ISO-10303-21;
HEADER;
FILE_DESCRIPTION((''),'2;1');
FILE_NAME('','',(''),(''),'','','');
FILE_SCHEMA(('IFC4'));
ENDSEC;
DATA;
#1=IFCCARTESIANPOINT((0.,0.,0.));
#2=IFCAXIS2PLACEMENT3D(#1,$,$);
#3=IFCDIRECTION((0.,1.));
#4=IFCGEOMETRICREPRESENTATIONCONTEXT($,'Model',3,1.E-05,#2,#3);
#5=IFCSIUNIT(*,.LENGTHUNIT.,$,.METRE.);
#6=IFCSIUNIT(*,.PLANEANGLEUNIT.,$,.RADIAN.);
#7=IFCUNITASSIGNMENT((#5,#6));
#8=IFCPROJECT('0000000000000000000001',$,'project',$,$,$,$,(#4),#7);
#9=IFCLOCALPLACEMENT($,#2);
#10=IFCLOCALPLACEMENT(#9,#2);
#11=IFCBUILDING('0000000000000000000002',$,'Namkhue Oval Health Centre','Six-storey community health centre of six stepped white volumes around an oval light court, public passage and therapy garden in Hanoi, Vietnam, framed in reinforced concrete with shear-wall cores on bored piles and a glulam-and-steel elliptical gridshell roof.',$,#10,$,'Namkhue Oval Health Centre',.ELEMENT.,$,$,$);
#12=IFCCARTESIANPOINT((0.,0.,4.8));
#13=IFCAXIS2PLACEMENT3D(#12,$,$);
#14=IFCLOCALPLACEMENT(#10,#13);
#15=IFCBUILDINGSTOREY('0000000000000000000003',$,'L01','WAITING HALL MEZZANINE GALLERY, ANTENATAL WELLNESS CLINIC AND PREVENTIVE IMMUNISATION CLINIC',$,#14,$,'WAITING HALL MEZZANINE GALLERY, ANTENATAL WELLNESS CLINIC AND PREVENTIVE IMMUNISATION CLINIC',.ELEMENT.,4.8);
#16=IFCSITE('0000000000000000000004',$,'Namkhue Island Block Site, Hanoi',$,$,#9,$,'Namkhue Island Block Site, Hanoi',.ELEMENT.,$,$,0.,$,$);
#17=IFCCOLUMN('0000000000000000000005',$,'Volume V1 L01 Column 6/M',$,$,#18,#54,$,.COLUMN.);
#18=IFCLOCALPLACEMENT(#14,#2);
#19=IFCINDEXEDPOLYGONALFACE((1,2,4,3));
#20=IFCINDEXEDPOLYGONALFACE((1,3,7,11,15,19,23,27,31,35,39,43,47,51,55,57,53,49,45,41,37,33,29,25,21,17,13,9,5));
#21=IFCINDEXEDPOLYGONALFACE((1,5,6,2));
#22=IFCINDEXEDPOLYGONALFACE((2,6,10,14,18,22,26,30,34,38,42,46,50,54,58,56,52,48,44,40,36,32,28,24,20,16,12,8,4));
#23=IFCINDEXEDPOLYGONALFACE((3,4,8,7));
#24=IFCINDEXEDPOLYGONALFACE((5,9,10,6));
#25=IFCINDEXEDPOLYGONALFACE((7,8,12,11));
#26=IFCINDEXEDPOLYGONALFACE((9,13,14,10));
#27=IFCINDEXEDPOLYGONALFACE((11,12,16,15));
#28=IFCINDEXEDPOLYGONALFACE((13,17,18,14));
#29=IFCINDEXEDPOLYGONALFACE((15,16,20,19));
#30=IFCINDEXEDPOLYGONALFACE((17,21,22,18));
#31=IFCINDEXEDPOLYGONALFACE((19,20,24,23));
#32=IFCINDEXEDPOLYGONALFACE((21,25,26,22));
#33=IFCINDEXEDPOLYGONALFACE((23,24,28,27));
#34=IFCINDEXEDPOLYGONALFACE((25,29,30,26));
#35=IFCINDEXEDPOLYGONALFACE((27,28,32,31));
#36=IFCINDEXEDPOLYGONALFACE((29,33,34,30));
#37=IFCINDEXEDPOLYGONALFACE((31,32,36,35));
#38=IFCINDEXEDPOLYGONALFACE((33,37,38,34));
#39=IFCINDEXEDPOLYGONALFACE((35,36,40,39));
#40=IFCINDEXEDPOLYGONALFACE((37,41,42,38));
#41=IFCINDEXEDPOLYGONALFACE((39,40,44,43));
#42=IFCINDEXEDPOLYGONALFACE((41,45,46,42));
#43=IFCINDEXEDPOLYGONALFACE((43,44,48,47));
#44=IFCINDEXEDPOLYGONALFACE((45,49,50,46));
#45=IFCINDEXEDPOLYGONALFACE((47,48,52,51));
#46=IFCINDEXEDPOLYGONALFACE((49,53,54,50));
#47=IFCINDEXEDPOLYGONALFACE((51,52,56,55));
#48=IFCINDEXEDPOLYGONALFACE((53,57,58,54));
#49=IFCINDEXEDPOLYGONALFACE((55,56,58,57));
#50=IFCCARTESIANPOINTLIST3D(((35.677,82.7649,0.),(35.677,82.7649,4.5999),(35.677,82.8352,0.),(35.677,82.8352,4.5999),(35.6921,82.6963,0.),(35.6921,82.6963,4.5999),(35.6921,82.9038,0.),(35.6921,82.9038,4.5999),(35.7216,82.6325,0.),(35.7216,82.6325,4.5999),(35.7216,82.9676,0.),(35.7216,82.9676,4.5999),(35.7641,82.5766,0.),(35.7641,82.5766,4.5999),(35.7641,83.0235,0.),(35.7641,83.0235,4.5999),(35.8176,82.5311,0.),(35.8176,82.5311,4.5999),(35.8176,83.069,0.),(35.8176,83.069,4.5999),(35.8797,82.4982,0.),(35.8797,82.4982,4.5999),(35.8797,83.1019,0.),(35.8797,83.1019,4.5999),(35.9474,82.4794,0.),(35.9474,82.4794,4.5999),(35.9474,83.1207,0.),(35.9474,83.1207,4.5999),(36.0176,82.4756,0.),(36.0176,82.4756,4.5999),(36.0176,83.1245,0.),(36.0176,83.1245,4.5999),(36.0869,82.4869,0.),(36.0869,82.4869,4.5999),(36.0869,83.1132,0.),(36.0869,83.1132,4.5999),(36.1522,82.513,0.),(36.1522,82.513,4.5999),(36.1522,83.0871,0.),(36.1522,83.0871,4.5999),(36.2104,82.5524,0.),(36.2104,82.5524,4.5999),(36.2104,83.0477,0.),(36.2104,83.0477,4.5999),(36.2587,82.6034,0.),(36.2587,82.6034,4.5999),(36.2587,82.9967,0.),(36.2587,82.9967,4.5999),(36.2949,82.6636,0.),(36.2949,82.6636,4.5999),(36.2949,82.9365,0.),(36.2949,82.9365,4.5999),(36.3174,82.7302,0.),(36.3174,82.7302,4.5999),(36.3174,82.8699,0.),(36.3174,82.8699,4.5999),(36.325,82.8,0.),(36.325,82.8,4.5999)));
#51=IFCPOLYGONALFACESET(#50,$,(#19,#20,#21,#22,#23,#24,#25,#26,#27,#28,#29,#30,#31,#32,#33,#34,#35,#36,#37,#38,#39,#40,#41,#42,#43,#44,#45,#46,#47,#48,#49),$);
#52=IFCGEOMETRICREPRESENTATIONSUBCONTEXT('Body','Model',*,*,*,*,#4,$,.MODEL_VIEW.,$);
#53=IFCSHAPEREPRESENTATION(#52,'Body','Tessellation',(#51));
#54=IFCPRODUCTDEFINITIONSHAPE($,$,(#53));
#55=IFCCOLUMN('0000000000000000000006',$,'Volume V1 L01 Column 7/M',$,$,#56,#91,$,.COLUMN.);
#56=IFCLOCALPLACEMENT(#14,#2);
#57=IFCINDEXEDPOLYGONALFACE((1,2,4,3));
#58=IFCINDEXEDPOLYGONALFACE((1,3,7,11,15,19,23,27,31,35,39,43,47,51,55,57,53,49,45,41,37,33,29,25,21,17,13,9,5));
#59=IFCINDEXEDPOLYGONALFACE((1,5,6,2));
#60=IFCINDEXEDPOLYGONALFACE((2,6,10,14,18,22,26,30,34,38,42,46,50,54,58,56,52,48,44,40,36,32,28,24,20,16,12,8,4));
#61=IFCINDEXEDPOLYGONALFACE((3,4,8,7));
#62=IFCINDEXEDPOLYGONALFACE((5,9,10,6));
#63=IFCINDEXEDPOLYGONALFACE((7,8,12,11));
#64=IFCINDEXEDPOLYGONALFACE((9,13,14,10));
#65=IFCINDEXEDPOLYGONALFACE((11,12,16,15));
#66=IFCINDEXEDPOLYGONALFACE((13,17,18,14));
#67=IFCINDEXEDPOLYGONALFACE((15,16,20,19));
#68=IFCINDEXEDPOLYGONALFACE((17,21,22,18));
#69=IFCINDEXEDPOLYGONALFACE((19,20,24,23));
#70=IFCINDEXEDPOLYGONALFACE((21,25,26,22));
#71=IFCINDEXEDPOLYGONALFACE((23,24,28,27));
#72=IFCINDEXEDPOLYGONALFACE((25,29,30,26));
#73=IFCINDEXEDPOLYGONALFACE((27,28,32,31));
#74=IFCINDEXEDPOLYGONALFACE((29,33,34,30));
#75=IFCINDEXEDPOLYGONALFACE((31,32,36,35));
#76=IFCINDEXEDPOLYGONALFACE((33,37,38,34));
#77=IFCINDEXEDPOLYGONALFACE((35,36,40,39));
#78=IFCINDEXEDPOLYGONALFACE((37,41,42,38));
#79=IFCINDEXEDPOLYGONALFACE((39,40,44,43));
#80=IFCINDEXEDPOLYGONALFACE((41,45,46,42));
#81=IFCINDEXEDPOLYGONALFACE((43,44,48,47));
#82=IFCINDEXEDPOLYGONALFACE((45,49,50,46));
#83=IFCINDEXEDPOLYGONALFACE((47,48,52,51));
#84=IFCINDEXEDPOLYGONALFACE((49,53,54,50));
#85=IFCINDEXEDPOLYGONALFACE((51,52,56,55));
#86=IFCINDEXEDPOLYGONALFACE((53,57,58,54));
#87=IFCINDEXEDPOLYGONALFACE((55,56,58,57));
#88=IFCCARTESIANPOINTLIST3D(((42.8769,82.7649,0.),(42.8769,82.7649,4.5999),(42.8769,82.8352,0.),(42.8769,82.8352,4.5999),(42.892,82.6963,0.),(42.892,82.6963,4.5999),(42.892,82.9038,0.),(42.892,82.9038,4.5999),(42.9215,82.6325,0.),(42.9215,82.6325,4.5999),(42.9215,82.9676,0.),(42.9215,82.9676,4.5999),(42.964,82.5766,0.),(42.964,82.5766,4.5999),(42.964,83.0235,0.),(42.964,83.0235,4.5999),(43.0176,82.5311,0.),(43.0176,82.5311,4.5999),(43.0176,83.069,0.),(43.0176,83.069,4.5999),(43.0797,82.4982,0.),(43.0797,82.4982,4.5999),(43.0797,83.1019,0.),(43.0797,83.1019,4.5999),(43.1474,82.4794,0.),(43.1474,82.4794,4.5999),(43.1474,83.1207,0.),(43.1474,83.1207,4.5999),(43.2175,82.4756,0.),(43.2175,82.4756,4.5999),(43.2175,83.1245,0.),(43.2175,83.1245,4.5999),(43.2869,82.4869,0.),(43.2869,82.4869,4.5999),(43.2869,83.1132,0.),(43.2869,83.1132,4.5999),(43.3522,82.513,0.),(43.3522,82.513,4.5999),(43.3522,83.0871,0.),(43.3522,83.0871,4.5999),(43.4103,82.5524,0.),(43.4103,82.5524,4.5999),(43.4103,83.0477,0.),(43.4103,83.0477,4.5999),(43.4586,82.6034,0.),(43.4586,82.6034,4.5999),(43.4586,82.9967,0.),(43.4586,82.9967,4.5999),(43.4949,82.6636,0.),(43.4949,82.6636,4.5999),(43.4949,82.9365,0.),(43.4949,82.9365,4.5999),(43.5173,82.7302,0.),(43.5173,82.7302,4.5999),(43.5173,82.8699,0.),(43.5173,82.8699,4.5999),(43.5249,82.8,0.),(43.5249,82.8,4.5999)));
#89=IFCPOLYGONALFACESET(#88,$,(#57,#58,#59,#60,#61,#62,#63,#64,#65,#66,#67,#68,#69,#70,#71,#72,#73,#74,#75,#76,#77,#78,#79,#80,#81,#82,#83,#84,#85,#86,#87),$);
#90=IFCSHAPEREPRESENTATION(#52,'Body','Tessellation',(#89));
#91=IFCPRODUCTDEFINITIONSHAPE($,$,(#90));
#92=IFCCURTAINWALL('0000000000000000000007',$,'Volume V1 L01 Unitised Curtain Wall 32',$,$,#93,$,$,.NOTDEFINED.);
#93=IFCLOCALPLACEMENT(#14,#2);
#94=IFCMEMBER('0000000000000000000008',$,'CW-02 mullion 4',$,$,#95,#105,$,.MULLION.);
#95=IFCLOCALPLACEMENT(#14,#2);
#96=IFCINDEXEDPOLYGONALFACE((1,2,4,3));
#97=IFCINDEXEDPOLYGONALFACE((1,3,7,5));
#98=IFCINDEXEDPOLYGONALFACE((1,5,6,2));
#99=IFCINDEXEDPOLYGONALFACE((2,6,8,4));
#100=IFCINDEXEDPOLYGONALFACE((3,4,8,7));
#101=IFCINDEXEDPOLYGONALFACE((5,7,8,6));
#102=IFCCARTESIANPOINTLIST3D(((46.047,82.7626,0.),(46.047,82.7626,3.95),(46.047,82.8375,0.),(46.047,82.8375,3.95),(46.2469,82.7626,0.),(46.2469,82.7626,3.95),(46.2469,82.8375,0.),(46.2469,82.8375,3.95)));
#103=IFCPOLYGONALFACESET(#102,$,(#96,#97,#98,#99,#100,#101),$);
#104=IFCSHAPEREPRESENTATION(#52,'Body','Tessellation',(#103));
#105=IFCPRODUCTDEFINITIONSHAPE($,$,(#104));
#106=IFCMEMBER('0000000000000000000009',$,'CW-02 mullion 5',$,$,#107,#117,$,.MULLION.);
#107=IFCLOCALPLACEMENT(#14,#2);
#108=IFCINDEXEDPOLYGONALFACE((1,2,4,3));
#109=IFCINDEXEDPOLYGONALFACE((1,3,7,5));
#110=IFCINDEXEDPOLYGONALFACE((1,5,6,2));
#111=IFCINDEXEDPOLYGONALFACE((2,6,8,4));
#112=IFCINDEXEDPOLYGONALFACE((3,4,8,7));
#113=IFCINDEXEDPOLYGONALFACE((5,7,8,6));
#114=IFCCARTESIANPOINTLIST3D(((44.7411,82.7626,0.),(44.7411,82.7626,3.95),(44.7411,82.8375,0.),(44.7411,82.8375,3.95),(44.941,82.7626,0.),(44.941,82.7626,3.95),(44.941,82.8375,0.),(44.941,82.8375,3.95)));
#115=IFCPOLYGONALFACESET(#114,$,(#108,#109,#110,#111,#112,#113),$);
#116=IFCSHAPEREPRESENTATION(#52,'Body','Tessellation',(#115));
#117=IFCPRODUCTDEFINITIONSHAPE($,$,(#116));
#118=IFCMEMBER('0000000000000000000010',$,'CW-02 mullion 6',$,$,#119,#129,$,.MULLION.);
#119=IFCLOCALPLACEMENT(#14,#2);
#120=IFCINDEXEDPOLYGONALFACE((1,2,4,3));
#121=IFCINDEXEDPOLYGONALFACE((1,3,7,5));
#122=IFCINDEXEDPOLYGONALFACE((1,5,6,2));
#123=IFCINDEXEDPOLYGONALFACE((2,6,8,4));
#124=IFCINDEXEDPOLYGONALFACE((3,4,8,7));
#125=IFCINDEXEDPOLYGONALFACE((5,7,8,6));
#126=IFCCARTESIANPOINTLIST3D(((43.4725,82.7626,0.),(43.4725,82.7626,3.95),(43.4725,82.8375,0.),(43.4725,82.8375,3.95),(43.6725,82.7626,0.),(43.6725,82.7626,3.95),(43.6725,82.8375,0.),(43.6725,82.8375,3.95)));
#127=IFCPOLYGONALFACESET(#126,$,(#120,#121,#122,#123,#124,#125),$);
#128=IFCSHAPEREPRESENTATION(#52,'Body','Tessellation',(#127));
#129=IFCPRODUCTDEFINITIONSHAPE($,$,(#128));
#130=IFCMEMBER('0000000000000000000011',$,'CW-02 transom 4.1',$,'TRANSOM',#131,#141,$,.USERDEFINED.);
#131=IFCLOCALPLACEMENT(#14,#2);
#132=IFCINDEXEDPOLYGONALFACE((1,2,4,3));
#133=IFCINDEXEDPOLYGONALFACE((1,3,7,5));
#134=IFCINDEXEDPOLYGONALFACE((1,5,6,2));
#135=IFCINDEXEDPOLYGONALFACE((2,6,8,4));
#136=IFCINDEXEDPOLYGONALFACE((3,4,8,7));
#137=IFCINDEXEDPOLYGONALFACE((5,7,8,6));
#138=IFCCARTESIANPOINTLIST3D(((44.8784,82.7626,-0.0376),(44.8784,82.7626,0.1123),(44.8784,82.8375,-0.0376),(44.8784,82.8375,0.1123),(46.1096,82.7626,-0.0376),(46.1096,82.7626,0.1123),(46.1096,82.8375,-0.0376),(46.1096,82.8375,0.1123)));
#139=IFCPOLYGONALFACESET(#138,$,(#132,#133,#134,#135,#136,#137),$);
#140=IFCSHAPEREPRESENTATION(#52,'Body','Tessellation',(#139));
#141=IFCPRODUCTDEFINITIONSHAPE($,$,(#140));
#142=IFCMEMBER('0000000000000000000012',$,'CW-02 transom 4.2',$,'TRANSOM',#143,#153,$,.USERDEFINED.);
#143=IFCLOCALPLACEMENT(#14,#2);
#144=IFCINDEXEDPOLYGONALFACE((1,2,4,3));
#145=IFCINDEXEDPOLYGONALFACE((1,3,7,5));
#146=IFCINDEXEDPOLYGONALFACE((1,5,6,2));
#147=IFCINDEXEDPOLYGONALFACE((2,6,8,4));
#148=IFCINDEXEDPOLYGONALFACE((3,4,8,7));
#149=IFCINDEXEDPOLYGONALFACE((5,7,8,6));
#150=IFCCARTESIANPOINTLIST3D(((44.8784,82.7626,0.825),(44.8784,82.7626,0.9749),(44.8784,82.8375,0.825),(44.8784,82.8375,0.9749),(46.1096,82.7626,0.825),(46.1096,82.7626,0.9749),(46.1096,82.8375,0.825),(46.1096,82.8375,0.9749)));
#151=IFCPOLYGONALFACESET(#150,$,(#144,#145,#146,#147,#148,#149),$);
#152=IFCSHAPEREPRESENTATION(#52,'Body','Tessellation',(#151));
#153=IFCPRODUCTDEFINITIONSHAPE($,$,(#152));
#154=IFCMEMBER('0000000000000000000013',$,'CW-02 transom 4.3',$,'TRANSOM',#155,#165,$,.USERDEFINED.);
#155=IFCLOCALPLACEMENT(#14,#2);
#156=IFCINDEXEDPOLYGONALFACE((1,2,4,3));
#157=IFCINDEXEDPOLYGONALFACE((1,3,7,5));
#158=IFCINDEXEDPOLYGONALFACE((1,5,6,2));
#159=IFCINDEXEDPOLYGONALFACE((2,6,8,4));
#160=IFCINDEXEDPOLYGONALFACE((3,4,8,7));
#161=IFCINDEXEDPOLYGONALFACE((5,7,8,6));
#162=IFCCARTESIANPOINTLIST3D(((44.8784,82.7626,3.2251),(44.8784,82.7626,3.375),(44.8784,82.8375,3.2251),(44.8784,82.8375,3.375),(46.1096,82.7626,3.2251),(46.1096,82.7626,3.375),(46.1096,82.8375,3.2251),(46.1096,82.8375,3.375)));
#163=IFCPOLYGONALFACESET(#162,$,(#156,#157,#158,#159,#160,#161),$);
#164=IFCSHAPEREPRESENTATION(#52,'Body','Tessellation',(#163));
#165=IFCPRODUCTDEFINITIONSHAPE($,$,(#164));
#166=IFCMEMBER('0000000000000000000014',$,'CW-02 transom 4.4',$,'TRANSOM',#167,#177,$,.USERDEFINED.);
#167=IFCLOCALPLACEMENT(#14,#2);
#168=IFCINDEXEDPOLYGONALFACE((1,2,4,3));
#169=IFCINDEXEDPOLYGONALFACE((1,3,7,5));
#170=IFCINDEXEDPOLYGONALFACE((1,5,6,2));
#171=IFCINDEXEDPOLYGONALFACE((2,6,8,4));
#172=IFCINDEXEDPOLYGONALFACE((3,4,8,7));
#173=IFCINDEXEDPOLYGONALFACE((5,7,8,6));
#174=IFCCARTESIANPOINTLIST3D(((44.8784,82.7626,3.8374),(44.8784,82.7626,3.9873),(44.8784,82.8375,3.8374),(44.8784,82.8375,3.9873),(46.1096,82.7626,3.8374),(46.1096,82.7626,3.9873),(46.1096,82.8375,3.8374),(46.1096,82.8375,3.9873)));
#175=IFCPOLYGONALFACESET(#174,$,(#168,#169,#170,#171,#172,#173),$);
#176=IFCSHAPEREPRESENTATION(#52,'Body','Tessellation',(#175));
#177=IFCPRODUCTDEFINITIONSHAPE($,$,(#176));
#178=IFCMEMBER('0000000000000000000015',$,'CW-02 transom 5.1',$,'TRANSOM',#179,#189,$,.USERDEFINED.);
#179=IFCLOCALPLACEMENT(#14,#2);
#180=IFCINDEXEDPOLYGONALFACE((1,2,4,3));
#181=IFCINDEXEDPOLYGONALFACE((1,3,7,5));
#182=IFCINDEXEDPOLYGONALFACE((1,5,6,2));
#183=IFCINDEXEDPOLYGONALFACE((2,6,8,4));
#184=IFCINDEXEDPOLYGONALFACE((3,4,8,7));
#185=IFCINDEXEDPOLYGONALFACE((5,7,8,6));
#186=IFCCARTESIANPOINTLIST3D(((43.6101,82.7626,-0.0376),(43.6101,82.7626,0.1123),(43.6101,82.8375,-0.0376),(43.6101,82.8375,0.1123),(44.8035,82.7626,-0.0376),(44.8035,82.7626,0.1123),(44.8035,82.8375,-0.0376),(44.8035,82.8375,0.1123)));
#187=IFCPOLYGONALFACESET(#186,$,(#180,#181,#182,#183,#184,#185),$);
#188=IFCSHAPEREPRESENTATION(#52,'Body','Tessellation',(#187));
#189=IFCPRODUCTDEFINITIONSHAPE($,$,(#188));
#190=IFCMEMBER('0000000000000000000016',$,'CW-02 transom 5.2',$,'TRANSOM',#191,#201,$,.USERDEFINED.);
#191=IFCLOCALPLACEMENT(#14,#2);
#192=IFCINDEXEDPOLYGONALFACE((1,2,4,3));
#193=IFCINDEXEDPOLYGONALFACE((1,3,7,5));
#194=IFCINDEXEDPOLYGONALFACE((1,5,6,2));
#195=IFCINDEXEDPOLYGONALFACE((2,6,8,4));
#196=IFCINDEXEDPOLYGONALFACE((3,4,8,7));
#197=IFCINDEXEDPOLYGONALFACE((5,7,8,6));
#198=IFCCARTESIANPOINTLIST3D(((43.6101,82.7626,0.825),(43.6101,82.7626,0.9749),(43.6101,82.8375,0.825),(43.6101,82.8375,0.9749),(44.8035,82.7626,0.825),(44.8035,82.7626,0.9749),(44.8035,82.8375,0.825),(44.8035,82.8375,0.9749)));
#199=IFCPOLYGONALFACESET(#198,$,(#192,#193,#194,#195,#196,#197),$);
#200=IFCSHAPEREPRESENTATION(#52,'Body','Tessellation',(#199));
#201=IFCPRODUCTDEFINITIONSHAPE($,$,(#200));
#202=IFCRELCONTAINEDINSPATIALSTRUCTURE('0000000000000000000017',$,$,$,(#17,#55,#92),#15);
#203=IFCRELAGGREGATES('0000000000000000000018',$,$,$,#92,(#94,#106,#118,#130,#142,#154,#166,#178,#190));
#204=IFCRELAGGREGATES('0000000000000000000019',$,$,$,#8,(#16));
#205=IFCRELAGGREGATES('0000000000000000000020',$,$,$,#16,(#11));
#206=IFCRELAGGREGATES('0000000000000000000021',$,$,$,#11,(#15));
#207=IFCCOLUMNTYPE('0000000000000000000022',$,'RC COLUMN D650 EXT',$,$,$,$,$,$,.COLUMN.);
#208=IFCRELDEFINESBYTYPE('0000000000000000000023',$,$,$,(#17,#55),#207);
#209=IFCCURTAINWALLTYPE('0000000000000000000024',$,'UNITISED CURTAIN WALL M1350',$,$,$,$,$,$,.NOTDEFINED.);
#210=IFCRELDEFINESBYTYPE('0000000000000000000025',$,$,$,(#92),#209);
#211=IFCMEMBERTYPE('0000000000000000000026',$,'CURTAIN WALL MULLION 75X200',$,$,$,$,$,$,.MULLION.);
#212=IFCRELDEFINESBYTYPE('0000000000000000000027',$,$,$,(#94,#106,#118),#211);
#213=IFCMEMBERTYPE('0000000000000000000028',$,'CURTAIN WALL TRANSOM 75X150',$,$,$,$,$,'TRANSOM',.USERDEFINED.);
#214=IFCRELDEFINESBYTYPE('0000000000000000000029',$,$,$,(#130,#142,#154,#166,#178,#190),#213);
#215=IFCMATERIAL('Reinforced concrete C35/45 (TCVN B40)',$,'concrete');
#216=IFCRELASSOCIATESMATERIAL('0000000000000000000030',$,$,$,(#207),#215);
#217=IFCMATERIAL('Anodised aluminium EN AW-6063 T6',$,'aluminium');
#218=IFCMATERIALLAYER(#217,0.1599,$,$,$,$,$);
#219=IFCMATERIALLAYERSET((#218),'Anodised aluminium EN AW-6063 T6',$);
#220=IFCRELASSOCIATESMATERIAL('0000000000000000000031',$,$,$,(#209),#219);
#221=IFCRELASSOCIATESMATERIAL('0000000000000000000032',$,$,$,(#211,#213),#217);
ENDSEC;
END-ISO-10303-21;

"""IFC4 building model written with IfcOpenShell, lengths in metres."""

from ifc_helpers import new_model, si_unit, direction, frame, origin, origin_2d, place, context, subcontext, project, spatial, rectangle, circle, extrude, material, layer, layer_set, material_profile, profile_set, type_object, element, aggregate, save


model = new_model("IFC4")

# Units and contexts
model_context = context("Model", 3, precision=1e-05, world=origin(), true_north=direction((0.0, 1.0)))
body_context = subcontext(model_context, "Body", "Model", "MODEL_VIEW")
ifc_project = project(units=[si_unit("LENGTHUNIT", "METRE"), si_unit("PLANEANGLEUNIT", "RADIAN")], contexts=[model_context])

# Site, building, storey
site_placement = place(None, origin())
site = spatial("IfcSite", under=ifc_project, at=site_placement, Name="Namkhue Island Block Site, Hanoi", LongName="Namkhue Island Block Site, Hanoi", CompositionType="ELEMENT", RefElevation=0.0)
building_placement = place(site_placement, origin())
building = spatial("IfcBuilding", under=site, at=building_placement, Name="Namkhue Oval Health Centre", Description="Six-storey community health centre of six stepped white volumes around an oval light court, public passage and therapy garden in Hanoi, Vietnam, framed in reinforced concrete with shear-wall cores on bored piles and a glulam-and-steel elliptical gridshell roof.", LongName="Namkhue Oval Health Centre", CompositionType="ELEMENT")
storey_placement = place(building_placement, frame((0.0, 0.0, 4.8)))
storey = spatial("IfcBuildingStorey", under=building, at=storey_placement, Name="L01", Description="WAITING HALL MEZZANINE GALLERY, ANTENATAL WELLNESS CLINIC AND PREVENTIVE IMMUNISATION CLINIC", LongName="WAITING HALL MEZZANINE GALLERY, ANTENATAL WELLNESS CLINIC AND PREVENTIVE IMMUNISATION CLINIC", CompositionType="ELEMENT", Elevation=4.8)

# Columns
ifc_material_1 = material(Name="Reinforced concrete C35/45 (TCVN B40)", Category="concrete")
ifc_material_profile_1 = material_profile(ifc_material_1, circle(Radius=0.325, at=origin_2d()), Name="RC D650")
ifc_profile_set_1 = profile_set([ifc_material_profile_1], Name="Reinforced concrete C35/45 (TCVN B40)")
column_type = type_object("IfcColumnType", Name="RC COLUMN D650 EXT", PredefinedType="COLUMN", material=ifc_profile_set_1)
for number, where, z_axis, x_axis, name in (
    (1, (36.0, 82.8, 0.0), (0.0, 0.0, 1.0), (1.0, 0.0, 0.0), "Volume V1 L01 Column 6/M"),
    (2, (43.2, 82.8, 0.0), (0.0, 0.0, 1.0), (1.0, 0.0, 0.0), "Volume V1 L01 Column 7/M"),
):
    element("IfcColumn", number, at=place(storey_placement, frame(where, z_axis=z_axis, x_axis=x_axis)), inside=storey, type_object=column_type, Name=name, PredefinedType="COLUMN", context=body_context, shape_type="SweptSolid", body=[
        extrude(circle(Radius=0.325, at=origin_2d()), origin(), (0.0, 0.0, 1.0), 4.5999),
    ])

# Curtain wall, members
ifc_material_2 = material(Name="Anodised aluminium EN AW-6063 T6", Category="aluminium")
ifc_layer_1 = layer(ifc_material_2, 0.1599)
ifc_layer_set_1 = layer_set([ifc_layer_1], Name="Anodised aluminium EN AW-6063 T6")
curtain_wall_type = type_object("IfcCurtainWallType", Name="UNITISED CURTAIN WALL M1350", PredefinedType="NOTDEFINED", material=ifc_layer_set_1)
curtain_wall_placement = place(storey_placement, origin())
curtain_wall = element("IfcCurtainWall", 3, at=curtain_wall_placement, inside=storey, type_object=curtain_wall_type, Name="Volume V1 L01 Unitised Curtain Wall 32", PredefinedType="NOTDEFINED")
ifc_material_profile_2 = material_profile(ifc_material_2, rectangle(XDim=0.075, YDim=0.2, at=origin_2d()), Name="ALU 75x200")
ifc_profile_set_2 = profile_set([ifc_material_profile_2], Name="Anodised aluminium EN AW-6063 T6")
member_type_1 = type_object("IfcMemberType", Name="CURTAIN WALL MULLION 75X200", PredefinedType="MULLION", material=ifc_profile_set_2)
member_1_placement = place(storey_placement, frame((46.147, 82.8, 0.0), z_axis=(0.0, 0.0, 1.0), x_axis=(0.0, -1.0, 0.0)))
member_1 = element("IfcMember", 4, at=member_1_placement, type_object=member_type_1, Name="CW-02 mullion 4", PredefinedType="MULLION", context=body_context, shape_type="SweptSolid", body=[
    extrude(rectangle(XDim=0.075, YDim=0.2, at=origin_2d()), origin(), (0.0, 0.0, 1.0), 3.95),
])
member_2_placement = place(storey_placement, frame((44.8411, 82.8, 0.0), z_axis=(0.0, 0.0, 1.0), x_axis=(0.0, -1.0, 0.0)))
member_2 = element("IfcMember", 5, at=member_2_placement, type_object=member_type_1, Name="CW-02 mullion 5", PredefinedType="MULLION", context=body_context, shape_type="SweptSolid", body=[
    extrude(rectangle(XDim=0.075, YDim=0.2, at=origin_2d()), origin(), (0.0, 0.0, 1.0), 3.95),
])
member_3_placement = place(storey_placement, frame((43.5725, 82.8, 0.0), z_axis=(0.0, 0.0, 1.0), x_axis=(0.0, -1.0, 0.0)))
member_3 = element("IfcMember", 6, at=member_3_placement, type_object=member_type_1, Name="CW-02 mullion 6", PredefinedType="MULLION", context=body_context, shape_type="SweptSolid", body=[
    extrude(rectangle(XDim=0.075, YDim=0.2, at=origin_2d()), origin(), (0.0, 0.0, 1.0), 3.95),
])
ifc_material_profile_3 = material_profile(ifc_material_2, rectangle(XDim=0.075, YDim=0.1499, at=origin_2d()), Name="ALU 75x150")
ifc_profile_set_3 = profile_set([ifc_material_profile_3], Name="Anodised aluminium EN AW-6063 T6")
member_type_2 = type_object("IfcMemberType", Name="CURTAIN WALL TRANSOM 75X150", ElementType="TRANSOM", PredefinedType="USERDEFINED", material=ifc_profile_set_3)
member_4_placement = place(storey_placement, frame((46.1096, 82.8, 0.0374), z_axis=(-1.0, 0.0, 0.0), x_axis=(0.0, -1.0, 0.0)))
member_4 = element("IfcMember", 7, at=member_4_placement, type_object=member_type_2, Name="CW-02 transom 4.1", ObjectType="TRANSOM", PredefinedType="USERDEFINED", context=body_context, shape_type="SweptSolid", body=[
    extrude(rectangle(XDim=0.075, YDim=0.1499, at=origin_2d()), origin(), (0.0, 0.0, 1.0), 1.2312),
])
member_5_placement = place(storey_placement, frame((46.1096, 82.8, 0.8999), z_axis=(-1.0, 0.0, 0.0), x_axis=(0.0, -1.0, 0.0)))
member_5 = element("IfcMember", 8, at=member_5_placement, type_object=member_type_2, Name="CW-02 transom 4.2", ObjectType="TRANSOM", PredefinedType="USERDEFINED", context=body_context, shape_type="SweptSolid", body=[
    extrude(rectangle(XDim=0.075, YDim=0.1499, at=origin_2d()), origin(), (0.0, 0.0, 1.0), 1.2312),
])
member_6_placement = place(storey_placement, frame((46.1096, 82.8, 3.3), z_axis=(-1.0, 0.0, 0.0), x_axis=(0.0, -1.0, 0.0)))
member_6 = element("IfcMember", 9, at=member_6_placement, type_object=member_type_2, Name="CW-02 transom 4.3", ObjectType="TRANSOM", PredefinedType="USERDEFINED", context=body_context, shape_type="SweptSolid", body=[
    extrude(rectangle(XDim=0.075, YDim=0.1499, at=origin_2d()), origin(), (0.0, 0.0, 1.0), 1.2312),
])
member_7_placement = place(storey_placement, frame((46.1096, 82.8, 3.9124), z_axis=(-1.0, 0.0, 0.0), x_axis=(0.0, -1.0, 0.0)))
member_7 = element("IfcMember", 10, at=member_7_placement, type_object=member_type_2, Name="CW-02 transom 4.4", ObjectType="TRANSOM", PredefinedType="USERDEFINED", context=body_context, shape_type="SweptSolid", body=[
    extrude(rectangle(XDim=0.075, YDim=0.1499, at=origin_2d()), origin(), (0.0, 0.0, 1.0), 1.2312),
])
member_8_placement = place(storey_placement, frame((44.8035, 82.8, 0.0374), z_axis=(-1.0, 0.0, 0.0), x_axis=(0.0, -1.0, 0.0)))
member_8 = element("IfcMember", 11, at=member_8_placement, type_object=member_type_2, Name="CW-02 transom 5.1", ObjectType="TRANSOM", PredefinedType="USERDEFINED", context=body_context, shape_type="SweptSolid", body=[
    extrude(rectangle(XDim=0.075, YDim=0.1499, at=origin_2d()), origin(), (0.0, 0.0, 1.0), 1.1934),
])
member_9_placement = place(storey_placement, frame((44.8035, 82.8, 0.8999), z_axis=(-1.0, 0.0, 0.0), x_axis=(0.0, -1.0, 0.0)))
member_9 = element("IfcMember", 12, at=member_9_placement, type_object=member_type_2, Name="CW-02 transom 5.2", ObjectType="TRANSOM", PredefinedType="USERDEFINED", context=body_context, shape_type="SweptSolid", body=[
    extrude(rectangle(XDim=0.075, YDim=0.1499, at=origin_2d()), origin(), (0.0, 0.0, 1.0), 1.1934),
])

aggregate(curtain_wall, [member_1, member_2, member_3, member_4, member_5, member_6, member_7, member_8, member_9])

save(model, "model.ifc")
